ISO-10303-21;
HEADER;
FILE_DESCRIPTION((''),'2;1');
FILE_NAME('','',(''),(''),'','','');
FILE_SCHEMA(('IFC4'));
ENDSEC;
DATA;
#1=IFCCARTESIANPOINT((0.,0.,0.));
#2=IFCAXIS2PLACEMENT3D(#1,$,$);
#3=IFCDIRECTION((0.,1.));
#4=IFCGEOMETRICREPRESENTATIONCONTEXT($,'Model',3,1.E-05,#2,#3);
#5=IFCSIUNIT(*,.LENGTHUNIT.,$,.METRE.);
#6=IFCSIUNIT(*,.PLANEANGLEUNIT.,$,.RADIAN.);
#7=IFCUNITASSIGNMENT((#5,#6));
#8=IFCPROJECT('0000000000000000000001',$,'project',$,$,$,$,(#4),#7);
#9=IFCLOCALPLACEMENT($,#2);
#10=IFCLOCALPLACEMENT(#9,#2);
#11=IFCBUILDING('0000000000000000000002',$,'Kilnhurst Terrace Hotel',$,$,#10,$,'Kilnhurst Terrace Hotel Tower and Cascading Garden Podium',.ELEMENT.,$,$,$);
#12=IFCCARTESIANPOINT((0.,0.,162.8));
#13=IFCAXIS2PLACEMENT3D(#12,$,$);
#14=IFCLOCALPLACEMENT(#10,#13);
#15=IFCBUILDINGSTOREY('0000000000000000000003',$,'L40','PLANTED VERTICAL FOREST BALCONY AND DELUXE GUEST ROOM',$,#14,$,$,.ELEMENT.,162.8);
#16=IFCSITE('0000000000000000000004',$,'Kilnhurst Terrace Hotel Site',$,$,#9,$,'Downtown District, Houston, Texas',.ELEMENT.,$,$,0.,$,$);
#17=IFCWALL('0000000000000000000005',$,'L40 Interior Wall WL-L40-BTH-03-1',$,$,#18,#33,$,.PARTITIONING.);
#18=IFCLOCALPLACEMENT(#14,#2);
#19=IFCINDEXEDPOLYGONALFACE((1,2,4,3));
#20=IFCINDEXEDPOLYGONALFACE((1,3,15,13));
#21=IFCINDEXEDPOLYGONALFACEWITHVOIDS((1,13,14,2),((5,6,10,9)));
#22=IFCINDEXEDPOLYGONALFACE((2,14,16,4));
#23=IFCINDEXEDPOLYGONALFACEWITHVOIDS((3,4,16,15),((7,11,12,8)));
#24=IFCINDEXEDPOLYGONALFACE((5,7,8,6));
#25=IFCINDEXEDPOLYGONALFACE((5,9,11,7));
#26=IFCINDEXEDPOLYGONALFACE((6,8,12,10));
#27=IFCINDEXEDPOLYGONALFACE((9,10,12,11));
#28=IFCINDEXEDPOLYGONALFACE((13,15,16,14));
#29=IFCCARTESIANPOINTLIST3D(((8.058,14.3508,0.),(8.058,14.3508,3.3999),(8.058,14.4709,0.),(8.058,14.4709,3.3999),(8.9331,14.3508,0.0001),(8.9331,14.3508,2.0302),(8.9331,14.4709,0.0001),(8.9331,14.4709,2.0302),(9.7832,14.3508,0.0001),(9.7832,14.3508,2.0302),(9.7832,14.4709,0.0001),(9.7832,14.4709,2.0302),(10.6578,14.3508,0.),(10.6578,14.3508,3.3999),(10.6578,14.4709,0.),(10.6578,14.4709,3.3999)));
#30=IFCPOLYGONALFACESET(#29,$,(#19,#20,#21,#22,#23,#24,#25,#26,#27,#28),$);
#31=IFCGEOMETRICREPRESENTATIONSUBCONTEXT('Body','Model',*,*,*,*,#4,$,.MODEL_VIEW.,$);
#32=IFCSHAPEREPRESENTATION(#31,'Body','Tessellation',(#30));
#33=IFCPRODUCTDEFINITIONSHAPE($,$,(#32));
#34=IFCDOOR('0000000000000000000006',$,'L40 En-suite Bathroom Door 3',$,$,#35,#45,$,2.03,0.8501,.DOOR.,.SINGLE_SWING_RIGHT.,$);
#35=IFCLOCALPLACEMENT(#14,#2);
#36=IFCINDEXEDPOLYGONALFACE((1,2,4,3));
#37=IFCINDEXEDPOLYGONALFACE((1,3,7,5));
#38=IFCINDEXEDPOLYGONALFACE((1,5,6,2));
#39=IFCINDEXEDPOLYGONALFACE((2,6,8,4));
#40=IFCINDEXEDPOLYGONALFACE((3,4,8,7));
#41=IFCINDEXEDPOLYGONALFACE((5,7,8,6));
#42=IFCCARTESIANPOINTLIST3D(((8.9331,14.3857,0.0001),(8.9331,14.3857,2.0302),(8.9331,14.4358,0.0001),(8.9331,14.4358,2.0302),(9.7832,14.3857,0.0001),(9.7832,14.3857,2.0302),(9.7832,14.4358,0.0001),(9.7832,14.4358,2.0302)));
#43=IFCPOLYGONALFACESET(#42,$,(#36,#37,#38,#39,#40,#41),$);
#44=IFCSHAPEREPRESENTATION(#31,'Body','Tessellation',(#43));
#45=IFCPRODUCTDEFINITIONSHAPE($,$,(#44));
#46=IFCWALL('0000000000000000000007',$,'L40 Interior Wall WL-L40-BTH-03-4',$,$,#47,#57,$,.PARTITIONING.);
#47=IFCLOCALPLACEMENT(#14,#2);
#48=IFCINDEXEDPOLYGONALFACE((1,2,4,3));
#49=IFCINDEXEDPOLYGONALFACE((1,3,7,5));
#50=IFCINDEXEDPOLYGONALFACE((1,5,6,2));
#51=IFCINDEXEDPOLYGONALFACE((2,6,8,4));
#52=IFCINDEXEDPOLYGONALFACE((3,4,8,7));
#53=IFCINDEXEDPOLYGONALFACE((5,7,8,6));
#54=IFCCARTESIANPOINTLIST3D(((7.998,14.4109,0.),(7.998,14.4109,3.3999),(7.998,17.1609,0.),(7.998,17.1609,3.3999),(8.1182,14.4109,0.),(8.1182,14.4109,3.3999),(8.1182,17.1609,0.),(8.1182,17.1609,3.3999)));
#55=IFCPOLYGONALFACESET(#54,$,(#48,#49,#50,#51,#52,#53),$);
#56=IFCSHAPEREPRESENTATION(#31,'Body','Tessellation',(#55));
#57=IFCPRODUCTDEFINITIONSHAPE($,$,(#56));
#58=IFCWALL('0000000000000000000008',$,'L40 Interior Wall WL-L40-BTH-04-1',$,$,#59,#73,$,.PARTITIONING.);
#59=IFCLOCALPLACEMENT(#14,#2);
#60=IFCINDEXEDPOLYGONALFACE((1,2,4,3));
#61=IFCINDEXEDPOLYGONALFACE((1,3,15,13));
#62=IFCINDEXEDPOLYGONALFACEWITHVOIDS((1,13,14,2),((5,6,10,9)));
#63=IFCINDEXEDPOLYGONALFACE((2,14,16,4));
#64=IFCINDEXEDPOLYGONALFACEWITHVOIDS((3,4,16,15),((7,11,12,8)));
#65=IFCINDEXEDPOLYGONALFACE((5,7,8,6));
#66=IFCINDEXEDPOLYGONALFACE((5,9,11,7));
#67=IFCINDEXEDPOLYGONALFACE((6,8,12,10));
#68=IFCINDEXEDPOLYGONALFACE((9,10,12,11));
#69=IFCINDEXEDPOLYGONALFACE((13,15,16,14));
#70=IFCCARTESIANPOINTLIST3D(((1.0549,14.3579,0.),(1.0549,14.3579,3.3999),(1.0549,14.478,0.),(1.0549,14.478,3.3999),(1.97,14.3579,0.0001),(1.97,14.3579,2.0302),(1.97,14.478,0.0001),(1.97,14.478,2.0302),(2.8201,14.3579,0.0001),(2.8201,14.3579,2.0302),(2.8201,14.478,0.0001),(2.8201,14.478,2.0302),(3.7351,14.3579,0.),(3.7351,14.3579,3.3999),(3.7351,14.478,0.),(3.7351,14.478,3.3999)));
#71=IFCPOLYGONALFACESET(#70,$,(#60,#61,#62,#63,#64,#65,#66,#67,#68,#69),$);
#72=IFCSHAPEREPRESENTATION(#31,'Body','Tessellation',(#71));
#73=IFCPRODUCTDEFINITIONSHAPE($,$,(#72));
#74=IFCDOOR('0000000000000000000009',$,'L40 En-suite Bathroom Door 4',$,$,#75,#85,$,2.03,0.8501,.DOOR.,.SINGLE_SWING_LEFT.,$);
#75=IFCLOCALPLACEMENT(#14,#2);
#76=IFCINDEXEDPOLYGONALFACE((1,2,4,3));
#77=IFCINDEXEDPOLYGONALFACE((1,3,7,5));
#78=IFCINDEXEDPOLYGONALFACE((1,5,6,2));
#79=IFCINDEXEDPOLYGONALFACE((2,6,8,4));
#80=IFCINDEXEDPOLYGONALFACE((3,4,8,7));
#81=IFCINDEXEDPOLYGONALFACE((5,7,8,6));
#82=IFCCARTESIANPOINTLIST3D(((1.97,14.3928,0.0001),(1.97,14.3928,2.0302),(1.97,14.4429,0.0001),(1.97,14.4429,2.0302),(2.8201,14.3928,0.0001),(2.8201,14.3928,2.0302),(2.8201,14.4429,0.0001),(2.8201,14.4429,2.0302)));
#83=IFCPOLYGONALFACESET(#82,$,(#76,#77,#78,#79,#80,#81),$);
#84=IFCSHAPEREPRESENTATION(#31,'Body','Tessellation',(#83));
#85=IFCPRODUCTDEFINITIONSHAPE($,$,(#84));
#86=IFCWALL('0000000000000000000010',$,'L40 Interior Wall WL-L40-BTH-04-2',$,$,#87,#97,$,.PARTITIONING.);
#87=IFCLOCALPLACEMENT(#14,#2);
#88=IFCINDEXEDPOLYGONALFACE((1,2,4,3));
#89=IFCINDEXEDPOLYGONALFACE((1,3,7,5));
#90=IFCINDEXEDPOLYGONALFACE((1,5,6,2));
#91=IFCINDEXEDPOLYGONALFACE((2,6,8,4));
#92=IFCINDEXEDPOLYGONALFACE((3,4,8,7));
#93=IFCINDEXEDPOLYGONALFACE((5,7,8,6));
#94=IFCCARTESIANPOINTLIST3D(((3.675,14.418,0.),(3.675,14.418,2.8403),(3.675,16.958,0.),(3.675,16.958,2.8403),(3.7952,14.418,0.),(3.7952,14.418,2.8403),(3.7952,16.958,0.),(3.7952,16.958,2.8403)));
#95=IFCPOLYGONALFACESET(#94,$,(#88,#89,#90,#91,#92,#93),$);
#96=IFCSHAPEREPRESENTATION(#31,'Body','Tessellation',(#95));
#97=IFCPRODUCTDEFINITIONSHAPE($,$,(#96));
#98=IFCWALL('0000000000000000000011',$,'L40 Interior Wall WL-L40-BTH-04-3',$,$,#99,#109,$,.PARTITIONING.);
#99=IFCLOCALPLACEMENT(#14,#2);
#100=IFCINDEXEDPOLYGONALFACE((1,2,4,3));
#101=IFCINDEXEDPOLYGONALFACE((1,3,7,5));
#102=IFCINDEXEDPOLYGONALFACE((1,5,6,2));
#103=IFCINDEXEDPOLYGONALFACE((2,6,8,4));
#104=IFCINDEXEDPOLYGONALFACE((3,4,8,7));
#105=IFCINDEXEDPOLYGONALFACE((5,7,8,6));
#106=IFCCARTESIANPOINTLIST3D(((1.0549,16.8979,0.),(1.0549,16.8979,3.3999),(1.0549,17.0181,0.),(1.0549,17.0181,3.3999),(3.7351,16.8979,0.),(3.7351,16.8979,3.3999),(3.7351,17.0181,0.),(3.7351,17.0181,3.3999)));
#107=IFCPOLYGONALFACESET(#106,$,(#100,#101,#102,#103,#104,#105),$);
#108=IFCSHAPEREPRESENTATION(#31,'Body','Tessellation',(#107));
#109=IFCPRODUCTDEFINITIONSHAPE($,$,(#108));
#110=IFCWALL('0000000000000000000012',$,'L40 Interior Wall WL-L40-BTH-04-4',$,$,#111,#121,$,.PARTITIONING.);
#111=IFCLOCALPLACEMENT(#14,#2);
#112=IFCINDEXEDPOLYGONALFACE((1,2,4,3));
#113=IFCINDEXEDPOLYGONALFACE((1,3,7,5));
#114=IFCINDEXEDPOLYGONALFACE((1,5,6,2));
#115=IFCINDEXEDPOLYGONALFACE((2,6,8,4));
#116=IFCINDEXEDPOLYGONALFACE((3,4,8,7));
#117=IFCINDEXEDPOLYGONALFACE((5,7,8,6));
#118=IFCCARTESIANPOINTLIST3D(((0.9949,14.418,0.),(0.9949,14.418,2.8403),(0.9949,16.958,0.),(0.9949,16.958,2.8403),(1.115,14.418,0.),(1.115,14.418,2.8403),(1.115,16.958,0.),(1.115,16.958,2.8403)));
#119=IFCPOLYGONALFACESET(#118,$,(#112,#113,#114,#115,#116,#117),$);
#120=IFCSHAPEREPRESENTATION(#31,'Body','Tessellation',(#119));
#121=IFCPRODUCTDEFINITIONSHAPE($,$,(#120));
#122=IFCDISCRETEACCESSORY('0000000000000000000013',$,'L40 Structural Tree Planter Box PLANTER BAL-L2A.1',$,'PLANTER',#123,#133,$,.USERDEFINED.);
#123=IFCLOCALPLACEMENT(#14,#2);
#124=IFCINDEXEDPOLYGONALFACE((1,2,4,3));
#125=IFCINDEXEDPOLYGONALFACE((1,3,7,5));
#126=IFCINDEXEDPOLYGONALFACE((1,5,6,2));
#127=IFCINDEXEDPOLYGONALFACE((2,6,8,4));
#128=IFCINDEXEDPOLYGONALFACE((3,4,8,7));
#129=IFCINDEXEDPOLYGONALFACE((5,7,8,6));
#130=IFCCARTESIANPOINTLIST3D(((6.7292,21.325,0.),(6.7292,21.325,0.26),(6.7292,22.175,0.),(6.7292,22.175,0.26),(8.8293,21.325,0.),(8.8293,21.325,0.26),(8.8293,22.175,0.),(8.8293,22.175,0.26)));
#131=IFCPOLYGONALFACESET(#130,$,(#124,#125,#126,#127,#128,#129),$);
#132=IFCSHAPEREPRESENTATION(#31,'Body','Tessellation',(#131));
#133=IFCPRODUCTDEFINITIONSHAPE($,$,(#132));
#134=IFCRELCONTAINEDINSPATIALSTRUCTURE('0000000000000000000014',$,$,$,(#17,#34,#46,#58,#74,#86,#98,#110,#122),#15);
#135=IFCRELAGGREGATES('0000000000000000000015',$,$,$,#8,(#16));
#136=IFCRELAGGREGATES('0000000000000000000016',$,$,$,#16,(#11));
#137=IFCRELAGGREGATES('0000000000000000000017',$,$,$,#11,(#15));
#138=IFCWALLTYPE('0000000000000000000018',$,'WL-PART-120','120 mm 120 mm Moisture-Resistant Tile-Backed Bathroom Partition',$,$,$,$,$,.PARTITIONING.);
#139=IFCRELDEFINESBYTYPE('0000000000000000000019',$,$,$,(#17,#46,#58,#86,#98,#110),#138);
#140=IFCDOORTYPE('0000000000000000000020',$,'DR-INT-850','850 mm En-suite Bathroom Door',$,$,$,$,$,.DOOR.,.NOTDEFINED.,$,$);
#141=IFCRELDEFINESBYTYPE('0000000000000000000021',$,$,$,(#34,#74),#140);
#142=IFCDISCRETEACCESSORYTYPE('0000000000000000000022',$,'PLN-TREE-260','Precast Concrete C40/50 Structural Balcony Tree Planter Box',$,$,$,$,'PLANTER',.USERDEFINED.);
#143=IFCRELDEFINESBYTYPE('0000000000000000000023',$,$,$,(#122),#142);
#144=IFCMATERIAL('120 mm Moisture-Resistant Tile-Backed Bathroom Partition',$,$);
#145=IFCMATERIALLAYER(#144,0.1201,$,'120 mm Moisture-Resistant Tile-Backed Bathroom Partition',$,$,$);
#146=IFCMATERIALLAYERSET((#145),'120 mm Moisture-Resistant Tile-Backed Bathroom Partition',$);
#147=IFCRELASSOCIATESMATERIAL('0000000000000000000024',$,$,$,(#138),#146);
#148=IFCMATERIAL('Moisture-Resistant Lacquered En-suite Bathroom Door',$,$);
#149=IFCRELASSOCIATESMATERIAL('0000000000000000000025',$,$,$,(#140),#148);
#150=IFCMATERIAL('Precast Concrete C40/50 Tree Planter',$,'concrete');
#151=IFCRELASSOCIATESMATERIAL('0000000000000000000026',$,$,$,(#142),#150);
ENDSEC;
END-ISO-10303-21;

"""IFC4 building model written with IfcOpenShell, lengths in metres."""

from ifc_helpers import new_model, si_unit, direction, frame, frame_2d, origin, origin_2d, place, context, subcontext, project, spatial, rectangle, extrude, material, layer, layer_set, type_object, element, fill, save


model = new_model("IFC4")

# Units and contexts
model_context = context("Model", 3, precision=1e-05, world=origin(), true_north=direction((0.0, 1.0)))
body_context = subcontext(model_context, "Body", "Model", "MODEL_VIEW")
ifc_project = project(units=[si_unit("LENGTHUNIT", "METRE"), si_unit("PLANEANGLEUNIT", "RADIAN")], contexts=[model_context])

# Site, building, storey
site_placement = place(None, origin())
site = spatial("IfcSite", under=ifc_project, at=site_placement, Name="Kilnhurst Terrace Hotel Site", LongName="Downtown District, Houston, Texas", CompositionType="ELEMENT", RefElevation=0.0)
building_placement = place(site_placement, origin())
building = spatial("IfcBuilding", under=site, at=building_placement, Name="Kilnhurst Terrace Hotel", LongName="Kilnhurst Terrace Hotel Tower and Cascading Garden Podium", CompositionType="ELEMENT")
storey_placement = place(building_placement, frame((0.0, 0.0, 162.8)))
storey = spatial("IfcBuildingStorey", under=building, at=storey_placement, Name="L40", Description="PLANTED VERTICAL FOREST BALCONY AND DELUXE GUEST ROOM", CompositionType="ELEMENT", Elevation=162.8)

# Wall, opening, door
ifc_material_1 = material(Name="120 mm Moisture-Resistant Tile-Backed Bathroom Partition")
ifc_layer_1 = layer(ifc_material_1, 0.1201, Name="120 mm Moisture-Resistant Tile-Backed Bathroom Partition")
ifc_layer_set_1 = layer_set([ifc_layer_1], Name="120 mm Moisture-Resistant Tile-Backed Bathroom Partition")
wall_type_1 = type_object("IfcWallType", Name="WL-PART-120", Description="120 mm 120 mm Moisture-Resistant Tile-Backed Bathroom Partition", PredefinedType="PARTITIONING", material=ifc_layer_set_1)
wall_1_placement = place(storey_placement, frame((8.0581, 14.4109, 0.0), z_axis=(0.0, 0.0, 1.0), x_axis=(1.0, 0.0, 0.0)))
wall_1 = element("IfcWall", 1, at=wall_1_placement, inside=storey, type_object=wall_type_1, Name="L40 Interior Wall WL-L40-BTH-03-1", PredefinedType="PARTITIONING", context=body_context, shape_type="SweptSolid", body=[
    extrude(rectangle(XDim=2.5999, YDim=0.1201, at=frame_2d((1.2998, 0.0))), origin(), (0.0, 0.0, 1.0), 3.3999),
])
opening_1_placement = place(wall_1_placement, frame((0.875, 0.0, 0.0)))
opening_1 = element("IfcOpeningElement", 2, at=opening_1_placement, cuts=wall_1, PredefinedType="OPENING", context=body_context, shape_type="SweptSolid", body=[
    extrude(rectangle(XDim=0.8501, YDim=2.03, at=frame_2d((0.425, 1.0151))), frame((0.0, 0.0701, 0.0), z_axis=(0.0, -1.0, 0.0), x_axis=(1.0, 0.0, 0.0)), (0.0, 0.0, 1.0), 0.1401),
])
ifc_material_2 = material(Name="Moisture-Resistant Lacquered En-suite Bathroom Door")
door_type_1 = type_object("IfcDoorType", Name="DR-INT-850", Description="850 mm En-suite Bathroom Door", OperationType="NOTDEFINED", PredefinedType="DOOR", material=ifc_material_2)
door_1_placement = place(opening_1_placement, origin())
door_1 = element("IfcDoor", 3, at=door_1_placement, inside=storey, type_object=door_type_1, Name="L40 En-suite Bathroom Door 3", OperationType="SINGLE_SWING_RIGHT", OverallHeight=2.03, OverallWidth=0.8501, PredefinedType="DOOR", context=body_context, shape_type="SweptSolid", body=[
    extrude(rectangle(XDim=0.8501, YDim=2.03, at=frame_2d((0.425, 1.0151))), frame((0.0, 0.0249, 0.0), z_axis=(0.0, -1.0, 0.0), x_axis=(1.0, 0.0, 0.0)), (0.0, 0.0, 1.0), 0.05),
])
fill(opening_1, door_1)

# Wall
wall_2_placement = place(storey_placement, frame((8.0581, 17.1609, 0.0), z_axis=(0.0, 0.0, 1.0), x_axis=(0.0, -1.0, 0.0)))
element("IfcWall", 4, at=wall_2_placement, inside=storey, type_object=wall_type_1, Name="L40 Interior Wall WL-L40-BTH-03-4", PredefinedType="PARTITIONING", context=body_context, shape_type="SweptSolid", body=[
    extrude(rectangle(XDim=2.75, YDim=0.1201, at=frame_2d((1.375, 0.0))), origin(), (0.0, 0.0, 1.0), 3.3999),
])

# Wall, opening, door
wall_3_placement = place(storey_placement, frame((1.0549, 14.418, 0.0), z_axis=(0.0, 0.0, 1.0), x_axis=(1.0, 0.0, 0.0)))
wall_3 = element("IfcWall", 5, at=wall_3_placement, inside=storey, type_object=wall_type_1, Name="L40 Interior Wall WL-L40-BTH-04-1", PredefinedType="PARTITIONING", context=body_context, shape_type="SweptSolid", body=[
    extrude(rectangle(XDim=2.6802, YDim=0.1201, at=frame_2d((1.3401, 0.0))), origin(), (0.0, 0.0, 1.0), 3.3999),
])
opening_2_placement = place(wall_3_placement, frame((0.915, 0.0, 0.0)))
opening_2 = element("IfcOpeningElement", 6, at=opening_2_placement, cuts=wall_3, PredefinedType="OPENING", context=body_context, shape_type="SweptSolid", body=[
    extrude(rectangle(XDim=0.8501, YDim=2.03, at=frame_2d((0.425, 1.0151))), frame((0.0, 0.0701, 0.0), z_axis=(0.0, -1.0, 0.0), x_axis=(1.0, 0.0, 0.0)), (0.0, 0.0, 1.0), 0.1401),
])
door_2_placement = place(opening_2_placement, origin())
door_2 = element("IfcDoor", 7, at=door_2_placement, inside=storey, type_object=door_type_1, Name="L40 En-suite Bathroom Door 4", OperationType="SINGLE_SWING_LEFT", OverallHeight=2.03, OverallWidth=0.8501, PredefinedType="DOOR", context=body_context, shape_type="SweptSolid", body=[
    extrude(rectangle(XDim=0.8501, YDim=2.03, at=frame_2d((0.425, 1.0151))), frame((0.0, 0.0249, 0.0), z_axis=(0.0, -1.0, 0.0), x_axis=(1.0, 0.0, 0.0)), (0.0, 0.0, 1.0), 0.05),
])
fill(opening_2, door_2)

# Walls
wall_4_placement = place(storey_placement, frame((3.7351, 14.418, 0.0), z_axis=(0.0, 0.0, 1.0), x_axis=(0.0, 1.0, 0.0)))
element("IfcWall", 8, at=wall_4_placement, inside=storey, type_object=wall_type_1, Name="L40 Interior Wall WL-L40-BTH-04-2", PredefinedType="PARTITIONING", context=body_context, shape_type="SweptSolid", body=[
    extrude(rectangle(XDim=2.54, YDim=0.1201, at=frame_2d((1.27, 0.0))), origin(), (0.0, 0.0, 1.0), 2.8403),
])
wall_5_placement = place(storey_placement, frame((3.7351, 16.958, 0.0), z_axis=(0.0, 0.0, 1.0), x_axis=(-1.0, 0.0, 0.0)))
element("IfcWall", 9, at=wall_5_placement, inside=storey, type_object=wall_type_1, Name="L40 Interior Wall WL-L40-BTH-04-3", PredefinedType="PARTITIONING", context=body_context, shape_type="SweptSolid", body=[
    extrude(rectangle(XDim=2.6802, YDim=0.1201, at=frame_2d((1.3401, 0.0))), origin(), (0.0, 0.0, 1.0), 3.3999),
])
wall_6_placement = place(storey_placement, frame((1.0549, 16.958, 0.0), z_axis=(0.0, 0.0, 1.0), x_axis=(0.0, -1.0, 0.0)))
element("IfcWall", 10, at=wall_6_placement, inside=storey, type_object=wall_type_1, Name="L40 Interior Wall WL-L40-BTH-04-4", PredefinedType="PARTITIONING", context=body_context, shape_type="SweptSolid", body=[
    extrude(rectangle(XDim=2.54, YDim=0.1201, at=frame_2d((1.27, 0.0))), origin(), (0.0, 0.0, 1.0), 2.8403),
])

# Discrete accessory
ifc_material_3 = material(Name="Precast Concrete C40/50 Tree Planter", Category="concrete")
discrete_accessory_type = type_object("IfcDiscreteAccessoryType", Name="PLN-TREE-260", Description="Precast Concrete C40/50 Structural Balcony Tree Planter Box", ElementType="PLANTER", PredefinedType="USERDEFINED", material=ifc_material_3)
discrete_accessory_placement = place(storey_placement, frame((7.7793, 21.75, 0.0), z_axis=(0.0, 0.0, 1.0), x_axis=(-1.0, 0.0, 0.0)))
element("IfcDiscreteAccessory", 11, at=discrete_accessory_placement, inside=storey, type_object=discrete_accessory_type, Name="L40 Structural Tree Planter Box PLANTER BAL-L2A.1", ObjectType="PLANTER", PredefinedType="USERDEFINED", context=body_context, shape_type="SweptSolid", body=[
    extrude(rectangle(XDim=2.1001, YDim=0.8501, at=origin_2d()), origin(), (0.0, 0.0, 1.0), 0.26),
])

save(model, "model.ifc")
